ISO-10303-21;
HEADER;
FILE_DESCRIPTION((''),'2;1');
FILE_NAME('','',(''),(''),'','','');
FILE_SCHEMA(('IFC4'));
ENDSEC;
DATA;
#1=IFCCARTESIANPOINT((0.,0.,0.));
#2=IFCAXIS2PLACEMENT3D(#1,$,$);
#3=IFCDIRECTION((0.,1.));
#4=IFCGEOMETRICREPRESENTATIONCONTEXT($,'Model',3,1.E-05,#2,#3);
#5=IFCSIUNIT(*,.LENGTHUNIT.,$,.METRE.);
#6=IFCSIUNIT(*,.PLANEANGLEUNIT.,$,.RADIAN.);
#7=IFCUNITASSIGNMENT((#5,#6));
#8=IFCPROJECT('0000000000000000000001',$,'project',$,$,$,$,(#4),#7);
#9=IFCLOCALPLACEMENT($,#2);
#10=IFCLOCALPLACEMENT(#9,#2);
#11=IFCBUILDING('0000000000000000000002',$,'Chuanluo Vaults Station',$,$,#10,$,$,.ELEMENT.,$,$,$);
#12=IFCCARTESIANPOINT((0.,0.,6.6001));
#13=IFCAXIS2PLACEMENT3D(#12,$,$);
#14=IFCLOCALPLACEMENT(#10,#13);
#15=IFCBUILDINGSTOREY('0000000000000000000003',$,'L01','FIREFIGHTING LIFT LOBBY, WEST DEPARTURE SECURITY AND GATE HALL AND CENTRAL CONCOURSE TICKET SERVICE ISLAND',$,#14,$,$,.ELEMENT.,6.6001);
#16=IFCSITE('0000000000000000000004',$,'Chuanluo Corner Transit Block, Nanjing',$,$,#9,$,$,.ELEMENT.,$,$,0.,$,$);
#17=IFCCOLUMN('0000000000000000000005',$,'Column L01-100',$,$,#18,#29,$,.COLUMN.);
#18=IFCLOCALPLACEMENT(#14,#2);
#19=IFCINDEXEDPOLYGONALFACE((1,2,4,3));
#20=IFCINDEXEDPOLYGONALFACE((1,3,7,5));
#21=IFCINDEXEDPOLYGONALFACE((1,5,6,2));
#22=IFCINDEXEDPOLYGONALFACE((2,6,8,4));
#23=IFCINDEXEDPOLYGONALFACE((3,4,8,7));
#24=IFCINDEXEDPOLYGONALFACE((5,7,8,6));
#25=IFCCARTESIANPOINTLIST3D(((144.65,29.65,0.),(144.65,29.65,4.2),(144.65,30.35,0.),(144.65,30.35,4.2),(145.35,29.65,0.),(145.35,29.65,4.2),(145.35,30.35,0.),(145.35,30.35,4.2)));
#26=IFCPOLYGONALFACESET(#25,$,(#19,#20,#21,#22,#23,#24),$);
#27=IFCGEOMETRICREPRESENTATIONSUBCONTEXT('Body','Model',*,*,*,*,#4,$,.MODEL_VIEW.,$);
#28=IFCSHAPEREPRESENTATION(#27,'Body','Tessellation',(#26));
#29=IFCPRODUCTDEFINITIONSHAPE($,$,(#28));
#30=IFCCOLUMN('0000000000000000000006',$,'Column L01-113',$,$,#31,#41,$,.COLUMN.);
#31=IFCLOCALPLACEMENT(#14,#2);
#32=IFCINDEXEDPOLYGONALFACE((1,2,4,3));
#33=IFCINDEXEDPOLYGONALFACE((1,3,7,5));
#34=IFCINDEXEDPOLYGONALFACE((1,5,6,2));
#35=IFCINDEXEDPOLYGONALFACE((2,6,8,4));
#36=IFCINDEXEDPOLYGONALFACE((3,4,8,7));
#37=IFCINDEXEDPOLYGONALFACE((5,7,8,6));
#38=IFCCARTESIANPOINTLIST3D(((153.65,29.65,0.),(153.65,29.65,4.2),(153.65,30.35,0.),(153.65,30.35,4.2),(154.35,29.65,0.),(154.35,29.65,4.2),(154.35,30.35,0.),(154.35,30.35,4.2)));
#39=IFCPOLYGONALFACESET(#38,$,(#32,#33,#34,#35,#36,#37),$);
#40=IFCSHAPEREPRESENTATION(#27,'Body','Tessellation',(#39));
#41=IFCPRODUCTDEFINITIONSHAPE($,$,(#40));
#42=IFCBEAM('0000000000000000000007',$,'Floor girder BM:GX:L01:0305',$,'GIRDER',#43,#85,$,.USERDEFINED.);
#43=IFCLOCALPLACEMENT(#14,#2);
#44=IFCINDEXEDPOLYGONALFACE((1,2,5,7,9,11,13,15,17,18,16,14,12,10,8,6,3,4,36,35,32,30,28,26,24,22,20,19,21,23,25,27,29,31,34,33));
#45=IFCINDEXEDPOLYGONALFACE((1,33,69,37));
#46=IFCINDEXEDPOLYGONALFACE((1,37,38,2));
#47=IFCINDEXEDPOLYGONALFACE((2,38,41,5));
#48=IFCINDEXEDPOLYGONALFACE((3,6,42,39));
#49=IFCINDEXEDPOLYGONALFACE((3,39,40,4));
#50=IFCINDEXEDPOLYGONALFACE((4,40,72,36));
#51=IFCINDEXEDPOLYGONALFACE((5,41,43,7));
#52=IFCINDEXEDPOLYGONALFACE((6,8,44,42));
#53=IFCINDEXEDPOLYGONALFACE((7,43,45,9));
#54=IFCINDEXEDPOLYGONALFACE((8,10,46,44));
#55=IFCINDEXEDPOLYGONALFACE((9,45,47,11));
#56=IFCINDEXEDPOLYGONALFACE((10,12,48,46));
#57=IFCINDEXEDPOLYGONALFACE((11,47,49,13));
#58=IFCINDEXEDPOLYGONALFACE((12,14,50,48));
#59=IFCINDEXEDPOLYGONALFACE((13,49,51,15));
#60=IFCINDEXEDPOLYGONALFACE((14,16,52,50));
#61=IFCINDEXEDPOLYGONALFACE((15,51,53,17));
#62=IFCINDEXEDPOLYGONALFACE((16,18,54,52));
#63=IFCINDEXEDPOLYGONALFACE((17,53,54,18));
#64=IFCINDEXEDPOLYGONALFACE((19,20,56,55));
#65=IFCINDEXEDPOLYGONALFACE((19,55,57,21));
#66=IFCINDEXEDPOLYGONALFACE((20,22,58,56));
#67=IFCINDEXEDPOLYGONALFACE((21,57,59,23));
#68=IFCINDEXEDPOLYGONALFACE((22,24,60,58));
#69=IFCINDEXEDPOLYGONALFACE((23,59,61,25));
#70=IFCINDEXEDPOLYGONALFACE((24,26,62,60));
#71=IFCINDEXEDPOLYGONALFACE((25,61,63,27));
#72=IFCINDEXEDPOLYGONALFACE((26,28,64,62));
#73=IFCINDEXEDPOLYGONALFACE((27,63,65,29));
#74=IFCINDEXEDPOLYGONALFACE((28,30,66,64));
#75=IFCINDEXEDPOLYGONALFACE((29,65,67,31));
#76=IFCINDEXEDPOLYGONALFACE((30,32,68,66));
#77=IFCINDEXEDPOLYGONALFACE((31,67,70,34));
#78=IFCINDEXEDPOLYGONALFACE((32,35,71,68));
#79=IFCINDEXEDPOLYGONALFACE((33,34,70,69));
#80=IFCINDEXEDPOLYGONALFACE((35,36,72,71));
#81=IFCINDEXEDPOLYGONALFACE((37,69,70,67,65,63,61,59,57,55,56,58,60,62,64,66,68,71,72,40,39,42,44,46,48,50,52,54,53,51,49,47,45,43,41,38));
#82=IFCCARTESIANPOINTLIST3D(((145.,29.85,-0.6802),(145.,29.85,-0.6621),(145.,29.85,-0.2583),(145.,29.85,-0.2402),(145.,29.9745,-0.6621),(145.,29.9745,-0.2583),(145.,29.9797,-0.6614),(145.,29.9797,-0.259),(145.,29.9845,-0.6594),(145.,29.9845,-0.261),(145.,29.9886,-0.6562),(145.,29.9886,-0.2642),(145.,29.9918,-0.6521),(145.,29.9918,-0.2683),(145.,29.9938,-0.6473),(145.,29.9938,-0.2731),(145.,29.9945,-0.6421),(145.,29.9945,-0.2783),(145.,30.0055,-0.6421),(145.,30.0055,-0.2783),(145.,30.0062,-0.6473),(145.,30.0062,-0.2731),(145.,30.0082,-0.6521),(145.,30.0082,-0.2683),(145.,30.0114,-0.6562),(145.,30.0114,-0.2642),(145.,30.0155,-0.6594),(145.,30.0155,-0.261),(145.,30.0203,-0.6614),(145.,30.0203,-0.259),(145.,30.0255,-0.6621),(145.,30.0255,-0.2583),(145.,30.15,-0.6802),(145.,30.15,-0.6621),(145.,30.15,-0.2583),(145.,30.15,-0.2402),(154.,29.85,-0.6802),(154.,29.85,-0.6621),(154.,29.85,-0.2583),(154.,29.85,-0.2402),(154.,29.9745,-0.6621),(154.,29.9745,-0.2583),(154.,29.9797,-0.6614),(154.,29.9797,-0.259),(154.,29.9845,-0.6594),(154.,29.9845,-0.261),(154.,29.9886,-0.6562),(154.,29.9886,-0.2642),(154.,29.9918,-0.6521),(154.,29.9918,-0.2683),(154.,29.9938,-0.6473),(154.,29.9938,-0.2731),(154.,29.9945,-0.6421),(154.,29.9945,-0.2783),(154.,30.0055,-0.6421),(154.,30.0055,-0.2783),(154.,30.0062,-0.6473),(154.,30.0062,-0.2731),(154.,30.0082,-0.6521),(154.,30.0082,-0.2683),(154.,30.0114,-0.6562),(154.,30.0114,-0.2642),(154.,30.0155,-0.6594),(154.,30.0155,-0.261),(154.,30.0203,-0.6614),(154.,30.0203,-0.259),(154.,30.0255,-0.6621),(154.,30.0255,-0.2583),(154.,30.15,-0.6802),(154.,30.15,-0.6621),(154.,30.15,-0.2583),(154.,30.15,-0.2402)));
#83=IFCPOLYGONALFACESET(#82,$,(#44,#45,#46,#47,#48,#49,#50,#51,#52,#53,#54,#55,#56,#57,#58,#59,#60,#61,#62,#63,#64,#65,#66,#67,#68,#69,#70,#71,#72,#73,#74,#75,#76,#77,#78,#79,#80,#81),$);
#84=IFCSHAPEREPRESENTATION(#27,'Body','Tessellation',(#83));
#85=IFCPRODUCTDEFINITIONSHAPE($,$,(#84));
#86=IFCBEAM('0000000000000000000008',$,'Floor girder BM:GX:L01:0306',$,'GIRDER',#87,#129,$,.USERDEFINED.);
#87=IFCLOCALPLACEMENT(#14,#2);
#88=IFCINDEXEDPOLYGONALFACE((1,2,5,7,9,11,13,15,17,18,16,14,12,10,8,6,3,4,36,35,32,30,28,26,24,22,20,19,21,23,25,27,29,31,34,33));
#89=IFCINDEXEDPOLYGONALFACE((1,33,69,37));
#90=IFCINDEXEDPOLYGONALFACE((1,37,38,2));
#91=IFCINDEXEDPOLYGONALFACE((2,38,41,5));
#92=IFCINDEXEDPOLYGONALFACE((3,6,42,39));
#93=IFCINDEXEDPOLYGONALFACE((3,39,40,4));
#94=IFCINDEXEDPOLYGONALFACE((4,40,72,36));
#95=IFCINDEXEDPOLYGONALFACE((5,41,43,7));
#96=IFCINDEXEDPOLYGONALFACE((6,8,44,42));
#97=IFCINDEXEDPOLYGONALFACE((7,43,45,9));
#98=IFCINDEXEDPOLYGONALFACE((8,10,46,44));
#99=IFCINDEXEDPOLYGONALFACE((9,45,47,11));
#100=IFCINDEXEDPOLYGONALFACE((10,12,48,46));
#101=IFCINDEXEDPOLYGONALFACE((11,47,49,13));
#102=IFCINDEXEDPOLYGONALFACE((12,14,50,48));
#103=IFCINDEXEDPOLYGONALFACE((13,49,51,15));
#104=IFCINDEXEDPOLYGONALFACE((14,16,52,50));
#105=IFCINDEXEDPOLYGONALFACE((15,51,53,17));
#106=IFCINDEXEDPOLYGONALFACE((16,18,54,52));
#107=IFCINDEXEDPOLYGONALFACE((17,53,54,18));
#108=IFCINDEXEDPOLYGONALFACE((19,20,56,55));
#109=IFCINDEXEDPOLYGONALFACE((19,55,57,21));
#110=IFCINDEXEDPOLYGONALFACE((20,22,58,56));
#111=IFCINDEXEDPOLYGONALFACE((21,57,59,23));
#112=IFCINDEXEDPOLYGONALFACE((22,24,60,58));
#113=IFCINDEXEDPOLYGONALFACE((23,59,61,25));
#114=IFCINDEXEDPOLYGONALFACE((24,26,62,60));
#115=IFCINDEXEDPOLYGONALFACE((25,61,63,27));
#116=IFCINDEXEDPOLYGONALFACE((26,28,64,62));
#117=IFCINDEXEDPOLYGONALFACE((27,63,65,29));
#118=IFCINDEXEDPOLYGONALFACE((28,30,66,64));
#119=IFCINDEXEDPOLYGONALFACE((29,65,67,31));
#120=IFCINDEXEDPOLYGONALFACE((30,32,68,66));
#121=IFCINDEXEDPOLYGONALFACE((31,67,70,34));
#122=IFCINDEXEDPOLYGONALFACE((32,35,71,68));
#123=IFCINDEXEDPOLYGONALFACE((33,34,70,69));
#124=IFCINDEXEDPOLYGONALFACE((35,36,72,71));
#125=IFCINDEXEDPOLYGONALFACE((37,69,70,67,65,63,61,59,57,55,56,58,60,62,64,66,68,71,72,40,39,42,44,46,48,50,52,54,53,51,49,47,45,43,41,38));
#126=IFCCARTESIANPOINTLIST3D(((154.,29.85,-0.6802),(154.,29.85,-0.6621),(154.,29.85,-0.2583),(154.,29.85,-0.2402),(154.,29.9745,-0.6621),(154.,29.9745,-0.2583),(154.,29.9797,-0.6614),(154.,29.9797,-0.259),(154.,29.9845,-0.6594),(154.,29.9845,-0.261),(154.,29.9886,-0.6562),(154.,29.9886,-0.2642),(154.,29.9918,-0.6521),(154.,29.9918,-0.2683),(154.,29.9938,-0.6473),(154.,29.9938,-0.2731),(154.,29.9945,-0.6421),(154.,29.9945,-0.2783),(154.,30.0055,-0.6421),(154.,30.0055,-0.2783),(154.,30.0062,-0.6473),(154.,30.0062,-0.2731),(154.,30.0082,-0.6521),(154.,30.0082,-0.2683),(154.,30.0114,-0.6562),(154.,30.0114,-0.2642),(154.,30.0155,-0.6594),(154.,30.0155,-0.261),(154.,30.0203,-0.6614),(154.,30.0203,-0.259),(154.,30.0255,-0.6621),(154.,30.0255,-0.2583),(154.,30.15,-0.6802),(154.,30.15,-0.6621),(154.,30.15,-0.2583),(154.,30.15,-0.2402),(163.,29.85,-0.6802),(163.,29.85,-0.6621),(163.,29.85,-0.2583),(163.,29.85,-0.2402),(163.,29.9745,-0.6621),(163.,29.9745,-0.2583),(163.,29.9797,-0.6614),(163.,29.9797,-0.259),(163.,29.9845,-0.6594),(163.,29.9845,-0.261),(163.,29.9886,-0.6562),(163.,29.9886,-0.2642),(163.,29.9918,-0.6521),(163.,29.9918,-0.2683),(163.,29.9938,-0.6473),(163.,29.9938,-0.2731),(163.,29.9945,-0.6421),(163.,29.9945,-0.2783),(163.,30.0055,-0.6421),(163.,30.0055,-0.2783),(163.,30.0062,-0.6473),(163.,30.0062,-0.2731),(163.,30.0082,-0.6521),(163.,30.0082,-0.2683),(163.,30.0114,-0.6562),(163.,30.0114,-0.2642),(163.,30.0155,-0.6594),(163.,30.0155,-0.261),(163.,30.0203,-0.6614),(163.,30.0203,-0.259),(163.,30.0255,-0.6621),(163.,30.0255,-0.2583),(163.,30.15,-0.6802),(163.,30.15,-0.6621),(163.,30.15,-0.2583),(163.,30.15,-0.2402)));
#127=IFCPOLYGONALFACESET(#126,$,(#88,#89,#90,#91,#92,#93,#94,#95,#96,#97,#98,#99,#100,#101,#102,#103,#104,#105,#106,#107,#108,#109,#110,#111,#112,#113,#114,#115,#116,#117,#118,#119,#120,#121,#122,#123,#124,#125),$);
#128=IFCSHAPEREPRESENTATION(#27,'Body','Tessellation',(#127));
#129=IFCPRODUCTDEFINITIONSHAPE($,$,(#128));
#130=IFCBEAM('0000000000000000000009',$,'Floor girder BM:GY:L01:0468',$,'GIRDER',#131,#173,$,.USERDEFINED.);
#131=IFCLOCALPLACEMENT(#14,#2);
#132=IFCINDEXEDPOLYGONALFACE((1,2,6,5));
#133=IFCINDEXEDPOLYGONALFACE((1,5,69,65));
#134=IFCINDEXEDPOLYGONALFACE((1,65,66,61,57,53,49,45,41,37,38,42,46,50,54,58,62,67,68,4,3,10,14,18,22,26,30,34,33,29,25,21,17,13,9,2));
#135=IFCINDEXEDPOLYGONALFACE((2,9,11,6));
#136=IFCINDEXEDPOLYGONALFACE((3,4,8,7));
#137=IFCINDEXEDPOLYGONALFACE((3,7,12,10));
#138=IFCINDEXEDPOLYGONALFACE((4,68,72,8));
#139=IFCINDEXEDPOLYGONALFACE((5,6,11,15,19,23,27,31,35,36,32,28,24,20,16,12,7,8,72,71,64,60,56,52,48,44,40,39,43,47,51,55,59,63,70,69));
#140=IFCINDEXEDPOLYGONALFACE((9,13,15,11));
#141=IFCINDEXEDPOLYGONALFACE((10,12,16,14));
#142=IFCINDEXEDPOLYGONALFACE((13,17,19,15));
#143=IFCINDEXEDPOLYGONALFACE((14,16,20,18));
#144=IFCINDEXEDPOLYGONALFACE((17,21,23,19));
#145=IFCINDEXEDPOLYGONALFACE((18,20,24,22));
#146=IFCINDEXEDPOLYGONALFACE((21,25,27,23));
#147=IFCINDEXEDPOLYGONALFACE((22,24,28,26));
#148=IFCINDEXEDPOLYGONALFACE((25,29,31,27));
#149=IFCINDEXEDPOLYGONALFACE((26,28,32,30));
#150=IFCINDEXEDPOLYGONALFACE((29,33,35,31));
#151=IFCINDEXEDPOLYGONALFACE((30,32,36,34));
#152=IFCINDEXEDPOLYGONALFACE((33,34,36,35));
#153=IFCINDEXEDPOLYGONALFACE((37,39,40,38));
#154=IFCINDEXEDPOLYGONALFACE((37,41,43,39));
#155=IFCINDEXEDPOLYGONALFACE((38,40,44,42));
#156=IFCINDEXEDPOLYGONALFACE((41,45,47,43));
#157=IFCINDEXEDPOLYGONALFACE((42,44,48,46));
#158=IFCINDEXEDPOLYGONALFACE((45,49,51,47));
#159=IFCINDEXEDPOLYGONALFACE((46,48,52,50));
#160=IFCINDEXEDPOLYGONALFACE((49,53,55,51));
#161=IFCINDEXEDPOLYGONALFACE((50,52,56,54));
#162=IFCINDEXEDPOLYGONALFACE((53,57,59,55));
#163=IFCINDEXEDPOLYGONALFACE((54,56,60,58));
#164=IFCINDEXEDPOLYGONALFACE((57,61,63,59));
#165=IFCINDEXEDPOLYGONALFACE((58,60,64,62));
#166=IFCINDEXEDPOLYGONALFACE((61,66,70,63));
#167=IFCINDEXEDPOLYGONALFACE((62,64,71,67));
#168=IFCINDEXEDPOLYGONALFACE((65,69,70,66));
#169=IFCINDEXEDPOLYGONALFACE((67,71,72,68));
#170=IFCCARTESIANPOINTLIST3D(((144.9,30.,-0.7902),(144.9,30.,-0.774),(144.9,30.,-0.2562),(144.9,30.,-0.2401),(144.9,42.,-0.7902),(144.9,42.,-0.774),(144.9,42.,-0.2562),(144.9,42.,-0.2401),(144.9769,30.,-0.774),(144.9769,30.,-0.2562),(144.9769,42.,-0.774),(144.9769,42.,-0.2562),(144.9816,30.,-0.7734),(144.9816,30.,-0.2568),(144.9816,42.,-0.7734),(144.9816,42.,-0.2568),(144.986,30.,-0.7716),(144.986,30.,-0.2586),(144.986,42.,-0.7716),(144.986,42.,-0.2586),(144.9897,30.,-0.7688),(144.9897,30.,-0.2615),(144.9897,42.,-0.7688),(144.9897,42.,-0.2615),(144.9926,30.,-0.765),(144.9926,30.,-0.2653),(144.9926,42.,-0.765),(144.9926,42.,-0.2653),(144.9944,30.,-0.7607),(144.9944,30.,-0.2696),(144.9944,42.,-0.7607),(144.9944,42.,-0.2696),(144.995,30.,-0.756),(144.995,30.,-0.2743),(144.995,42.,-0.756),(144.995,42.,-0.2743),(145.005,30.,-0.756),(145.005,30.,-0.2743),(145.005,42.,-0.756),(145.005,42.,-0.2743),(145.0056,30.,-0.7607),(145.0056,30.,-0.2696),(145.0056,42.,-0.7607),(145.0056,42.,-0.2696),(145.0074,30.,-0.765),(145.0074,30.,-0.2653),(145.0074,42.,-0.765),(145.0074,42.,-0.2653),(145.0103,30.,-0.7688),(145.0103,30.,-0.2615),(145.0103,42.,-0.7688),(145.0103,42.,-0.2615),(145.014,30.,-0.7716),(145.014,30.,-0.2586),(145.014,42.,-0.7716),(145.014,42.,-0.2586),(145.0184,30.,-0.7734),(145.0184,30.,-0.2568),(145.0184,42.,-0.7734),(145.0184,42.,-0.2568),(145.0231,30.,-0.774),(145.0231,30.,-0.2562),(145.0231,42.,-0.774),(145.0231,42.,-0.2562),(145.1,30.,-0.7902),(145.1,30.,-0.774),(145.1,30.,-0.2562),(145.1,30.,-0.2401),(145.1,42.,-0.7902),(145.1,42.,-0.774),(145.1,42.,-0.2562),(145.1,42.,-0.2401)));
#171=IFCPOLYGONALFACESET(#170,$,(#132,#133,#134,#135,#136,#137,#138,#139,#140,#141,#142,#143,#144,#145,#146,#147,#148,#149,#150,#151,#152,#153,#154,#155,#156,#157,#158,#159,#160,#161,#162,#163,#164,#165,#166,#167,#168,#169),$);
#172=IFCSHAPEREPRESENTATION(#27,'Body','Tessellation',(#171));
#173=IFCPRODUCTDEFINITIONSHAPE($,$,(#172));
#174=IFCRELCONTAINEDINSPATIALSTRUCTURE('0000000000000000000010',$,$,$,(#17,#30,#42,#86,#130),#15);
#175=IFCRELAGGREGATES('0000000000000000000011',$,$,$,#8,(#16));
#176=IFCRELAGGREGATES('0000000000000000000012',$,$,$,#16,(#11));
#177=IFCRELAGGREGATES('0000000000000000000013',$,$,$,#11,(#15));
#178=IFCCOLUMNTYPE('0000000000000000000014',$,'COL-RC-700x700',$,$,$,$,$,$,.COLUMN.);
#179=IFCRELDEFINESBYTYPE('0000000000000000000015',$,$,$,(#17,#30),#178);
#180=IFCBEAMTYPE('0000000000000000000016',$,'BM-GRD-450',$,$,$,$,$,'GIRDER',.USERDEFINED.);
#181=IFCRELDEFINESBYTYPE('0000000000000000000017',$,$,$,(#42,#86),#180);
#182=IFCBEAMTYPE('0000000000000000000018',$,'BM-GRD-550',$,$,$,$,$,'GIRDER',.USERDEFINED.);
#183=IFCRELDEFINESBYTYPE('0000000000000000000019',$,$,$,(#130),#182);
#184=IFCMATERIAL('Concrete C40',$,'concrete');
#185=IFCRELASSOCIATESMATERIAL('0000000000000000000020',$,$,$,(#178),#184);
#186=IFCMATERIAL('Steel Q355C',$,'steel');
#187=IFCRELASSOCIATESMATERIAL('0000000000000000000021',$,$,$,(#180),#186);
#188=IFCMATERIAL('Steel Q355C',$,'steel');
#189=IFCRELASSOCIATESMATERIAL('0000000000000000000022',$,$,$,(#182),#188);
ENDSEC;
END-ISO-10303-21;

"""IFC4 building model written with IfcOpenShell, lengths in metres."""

from ifc_helpers import new_model, si_unit, direction, frame, origin, origin_2d, place, context, subcontext, project, spatial, rectangle, i_section, extrude, material, material_profile, profile_set, type_object, element, save


model = new_model("IFC4")

# Units and contexts
model_context = context("Model", 3, precision=1e-05, world=origin(), true_north=direction((0.0, 1.0)))
body_context = subcontext(model_context, "Body", "Model", "MODEL_VIEW")
ifc_project = project(units=[si_unit("LENGTHUNIT", "METRE"), si_unit("PLANEANGLEUNIT", "RADIAN")], contexts=[model_context])

# Site, building, storey
site_placement = place(None, origin())
site = spatial("IfcSite", under=ifc_project, at=site_placement, Name="Chuanluo Corner Transit Block, Nanjing", CompositionType="ELEMENT", RefElevation=0.0)
building_placement = place(site_placement, origin())
building = spatial("IfcBuilding", under=site, at=building_placement, Name="Chuanluo Vaults Station", CompositionType="ELEMENT")
storey_placement = place(building_placement, frame((0.0, 0.0, 6.6001)))
storey = spatial("IfcBuildingStorey", under=building, at=storey_placement, Name="L01", Description="FIREFIGHTING LIFT LOBBY, WEST DEPARTURE SECURITY AND GATE HALL AND CENTRAL CONCOURSE TICKET SERVICE ISLAND", CompositionType="ELEMENT", Elevation=6.6001)

# Columns
ifc_material_1 = material(Name="Concrete C40", Category="concrete")
ifc_material_profile_1 = material_profile(ifc_material_1, rectangle(XDim=0.7, YDim=0.7, at=origin_2d()))
ifc_profile_set_1 = profile_set([ifc_material_profile_1], Name="Concrete C40")
column_type = type_object("IfcColumnType", Name="COL-RC-700x700", PredefinedType="COLUMN", material=ifc_profile_set_1)
for number, where, z_axis, x_axis, name in (
    (1, (145.0, 30.0, 0.0), (0.0, 0.0, 1.0), (1.0, 0.0, 0.0), "Column L01-100"),
    (2, (154.0, 30.0, 0.0), (0.0, 0.0, 1.0), (1.0, 0.0, 0.0), "Column L01-113"),
):
    element("IfcColumn", number, at=place(storey_placement, frame(where, z_axis=z_axis, x_axis=x_axis)), inside=storey, type_object=column_type, Name=name, PredefinedType="COLUMN", context=body_context, shape_type="SweptSolid", body=[
        extrude(rectangle(XDim=0.7, YDim=0.7, at=origin_2d()), origin(), (0.0, 0.0, 1.0), 4.2),
    ])

# Beams
ifc_material_2 = material(Name="Steel Q355C", Category="steel")
ifc_material_profile_2 = material_profile(ifc_material_2, i_section(OverallWidth=0.3, OverallDepth=0.4399, WebThickness=0.011, FlangeThickness=0.0181, FilletRadius=0.02, at=origin_2d()))
ifc_profile_set_2 = profile_set([ifc_material_profile_2], Name="Steel Q355C")
beam_type_1 = type_object("IfcBeamType", Name="BM-GRD-450", ElementType="GIRDER", PredefinedType="USERDEFINED", material=ifc_profile_set_2)
for number, where, z_axis, x_axis, name in (
    (3, (145.0, 30.0, -0.4602), (1.0, 0.0, 0.0), (0.0, 1.0, 0.0), "Floor girder BM:GX:L01:0305"),
    (4, (154.0, 30.0, -0.4602), (1.0, 0.0, 0.0), (0.0, 1.0, 0.0), "Floor girder BM:GX:L01:0306"),
):
    element("IfcBeam", number, at=place(storey_placement, frame(where, z_axis=z_axis, x_axis=x_axis)), inside=storey, type_object=beam_type_1, Name=name, ObjectType="GIRDER", PredefinedType="USERDEFINED", context=body_context, shape_type="SweptSolid", body=[
        extrude(i_section(OverallWidth=0.3, OverallDepth=0.4399, WebThickness=0.011, FlangeThickness=0.0181, FilletRadius=0.02, at=origin_2d()), origin(), (0.0, 0.0, 1.0), 9.0),
    ])
ifc_material_3 = material(Name="Steel Q355C", Category="steel")
ifc_material_profile_3 = material_profile(ifc_material_3, i_section(OverallWidth=0.2, OverallDepth=0.55, WebThickness=0.01, FlangeThickness=0.0161, FilletRadius=0.0181, at=origin_2d()))
ifc_profile_set_3 = profile_set([ifc_material_profile_3], Name="Steel Q355C")
beam_type_2 = type_object("IfcBeamType", Name="BM-GRD-550", ElementType="GIRDER", PredefinedType="USERDEFINED", material=ifc_profile_set_3)
for number, where, z_axis, x_axis, name in (
    (5, (145.0, 30.0, -0.5151), (0.0, 1.0, 0.0), (-1.0, 0.0, 0.0), "Floor girder BM:GY:L01:0468"),
):
    element("IfcBeam", number, at=place(storey_placement, frame(where, z_axis=z_axis, x_axis=x_axis)), inside=storey, type_object=beam_type_2, Name=name, ObjectType="GIRDER", PredefinedType="USERDEFINED", context=body_context, shape_type="SweptSolid", body=[
        extrude(i_section(OverallWidth=0.2, OverallDepth=0.55, WebThickness=0.01, FlangeThickness=0.0161, FilletRadius=0.0181, at=origin_2d()), origin(), (0.0, 0.0, 1.0), 12.0),
    ])

save(model, "model.ifc")
